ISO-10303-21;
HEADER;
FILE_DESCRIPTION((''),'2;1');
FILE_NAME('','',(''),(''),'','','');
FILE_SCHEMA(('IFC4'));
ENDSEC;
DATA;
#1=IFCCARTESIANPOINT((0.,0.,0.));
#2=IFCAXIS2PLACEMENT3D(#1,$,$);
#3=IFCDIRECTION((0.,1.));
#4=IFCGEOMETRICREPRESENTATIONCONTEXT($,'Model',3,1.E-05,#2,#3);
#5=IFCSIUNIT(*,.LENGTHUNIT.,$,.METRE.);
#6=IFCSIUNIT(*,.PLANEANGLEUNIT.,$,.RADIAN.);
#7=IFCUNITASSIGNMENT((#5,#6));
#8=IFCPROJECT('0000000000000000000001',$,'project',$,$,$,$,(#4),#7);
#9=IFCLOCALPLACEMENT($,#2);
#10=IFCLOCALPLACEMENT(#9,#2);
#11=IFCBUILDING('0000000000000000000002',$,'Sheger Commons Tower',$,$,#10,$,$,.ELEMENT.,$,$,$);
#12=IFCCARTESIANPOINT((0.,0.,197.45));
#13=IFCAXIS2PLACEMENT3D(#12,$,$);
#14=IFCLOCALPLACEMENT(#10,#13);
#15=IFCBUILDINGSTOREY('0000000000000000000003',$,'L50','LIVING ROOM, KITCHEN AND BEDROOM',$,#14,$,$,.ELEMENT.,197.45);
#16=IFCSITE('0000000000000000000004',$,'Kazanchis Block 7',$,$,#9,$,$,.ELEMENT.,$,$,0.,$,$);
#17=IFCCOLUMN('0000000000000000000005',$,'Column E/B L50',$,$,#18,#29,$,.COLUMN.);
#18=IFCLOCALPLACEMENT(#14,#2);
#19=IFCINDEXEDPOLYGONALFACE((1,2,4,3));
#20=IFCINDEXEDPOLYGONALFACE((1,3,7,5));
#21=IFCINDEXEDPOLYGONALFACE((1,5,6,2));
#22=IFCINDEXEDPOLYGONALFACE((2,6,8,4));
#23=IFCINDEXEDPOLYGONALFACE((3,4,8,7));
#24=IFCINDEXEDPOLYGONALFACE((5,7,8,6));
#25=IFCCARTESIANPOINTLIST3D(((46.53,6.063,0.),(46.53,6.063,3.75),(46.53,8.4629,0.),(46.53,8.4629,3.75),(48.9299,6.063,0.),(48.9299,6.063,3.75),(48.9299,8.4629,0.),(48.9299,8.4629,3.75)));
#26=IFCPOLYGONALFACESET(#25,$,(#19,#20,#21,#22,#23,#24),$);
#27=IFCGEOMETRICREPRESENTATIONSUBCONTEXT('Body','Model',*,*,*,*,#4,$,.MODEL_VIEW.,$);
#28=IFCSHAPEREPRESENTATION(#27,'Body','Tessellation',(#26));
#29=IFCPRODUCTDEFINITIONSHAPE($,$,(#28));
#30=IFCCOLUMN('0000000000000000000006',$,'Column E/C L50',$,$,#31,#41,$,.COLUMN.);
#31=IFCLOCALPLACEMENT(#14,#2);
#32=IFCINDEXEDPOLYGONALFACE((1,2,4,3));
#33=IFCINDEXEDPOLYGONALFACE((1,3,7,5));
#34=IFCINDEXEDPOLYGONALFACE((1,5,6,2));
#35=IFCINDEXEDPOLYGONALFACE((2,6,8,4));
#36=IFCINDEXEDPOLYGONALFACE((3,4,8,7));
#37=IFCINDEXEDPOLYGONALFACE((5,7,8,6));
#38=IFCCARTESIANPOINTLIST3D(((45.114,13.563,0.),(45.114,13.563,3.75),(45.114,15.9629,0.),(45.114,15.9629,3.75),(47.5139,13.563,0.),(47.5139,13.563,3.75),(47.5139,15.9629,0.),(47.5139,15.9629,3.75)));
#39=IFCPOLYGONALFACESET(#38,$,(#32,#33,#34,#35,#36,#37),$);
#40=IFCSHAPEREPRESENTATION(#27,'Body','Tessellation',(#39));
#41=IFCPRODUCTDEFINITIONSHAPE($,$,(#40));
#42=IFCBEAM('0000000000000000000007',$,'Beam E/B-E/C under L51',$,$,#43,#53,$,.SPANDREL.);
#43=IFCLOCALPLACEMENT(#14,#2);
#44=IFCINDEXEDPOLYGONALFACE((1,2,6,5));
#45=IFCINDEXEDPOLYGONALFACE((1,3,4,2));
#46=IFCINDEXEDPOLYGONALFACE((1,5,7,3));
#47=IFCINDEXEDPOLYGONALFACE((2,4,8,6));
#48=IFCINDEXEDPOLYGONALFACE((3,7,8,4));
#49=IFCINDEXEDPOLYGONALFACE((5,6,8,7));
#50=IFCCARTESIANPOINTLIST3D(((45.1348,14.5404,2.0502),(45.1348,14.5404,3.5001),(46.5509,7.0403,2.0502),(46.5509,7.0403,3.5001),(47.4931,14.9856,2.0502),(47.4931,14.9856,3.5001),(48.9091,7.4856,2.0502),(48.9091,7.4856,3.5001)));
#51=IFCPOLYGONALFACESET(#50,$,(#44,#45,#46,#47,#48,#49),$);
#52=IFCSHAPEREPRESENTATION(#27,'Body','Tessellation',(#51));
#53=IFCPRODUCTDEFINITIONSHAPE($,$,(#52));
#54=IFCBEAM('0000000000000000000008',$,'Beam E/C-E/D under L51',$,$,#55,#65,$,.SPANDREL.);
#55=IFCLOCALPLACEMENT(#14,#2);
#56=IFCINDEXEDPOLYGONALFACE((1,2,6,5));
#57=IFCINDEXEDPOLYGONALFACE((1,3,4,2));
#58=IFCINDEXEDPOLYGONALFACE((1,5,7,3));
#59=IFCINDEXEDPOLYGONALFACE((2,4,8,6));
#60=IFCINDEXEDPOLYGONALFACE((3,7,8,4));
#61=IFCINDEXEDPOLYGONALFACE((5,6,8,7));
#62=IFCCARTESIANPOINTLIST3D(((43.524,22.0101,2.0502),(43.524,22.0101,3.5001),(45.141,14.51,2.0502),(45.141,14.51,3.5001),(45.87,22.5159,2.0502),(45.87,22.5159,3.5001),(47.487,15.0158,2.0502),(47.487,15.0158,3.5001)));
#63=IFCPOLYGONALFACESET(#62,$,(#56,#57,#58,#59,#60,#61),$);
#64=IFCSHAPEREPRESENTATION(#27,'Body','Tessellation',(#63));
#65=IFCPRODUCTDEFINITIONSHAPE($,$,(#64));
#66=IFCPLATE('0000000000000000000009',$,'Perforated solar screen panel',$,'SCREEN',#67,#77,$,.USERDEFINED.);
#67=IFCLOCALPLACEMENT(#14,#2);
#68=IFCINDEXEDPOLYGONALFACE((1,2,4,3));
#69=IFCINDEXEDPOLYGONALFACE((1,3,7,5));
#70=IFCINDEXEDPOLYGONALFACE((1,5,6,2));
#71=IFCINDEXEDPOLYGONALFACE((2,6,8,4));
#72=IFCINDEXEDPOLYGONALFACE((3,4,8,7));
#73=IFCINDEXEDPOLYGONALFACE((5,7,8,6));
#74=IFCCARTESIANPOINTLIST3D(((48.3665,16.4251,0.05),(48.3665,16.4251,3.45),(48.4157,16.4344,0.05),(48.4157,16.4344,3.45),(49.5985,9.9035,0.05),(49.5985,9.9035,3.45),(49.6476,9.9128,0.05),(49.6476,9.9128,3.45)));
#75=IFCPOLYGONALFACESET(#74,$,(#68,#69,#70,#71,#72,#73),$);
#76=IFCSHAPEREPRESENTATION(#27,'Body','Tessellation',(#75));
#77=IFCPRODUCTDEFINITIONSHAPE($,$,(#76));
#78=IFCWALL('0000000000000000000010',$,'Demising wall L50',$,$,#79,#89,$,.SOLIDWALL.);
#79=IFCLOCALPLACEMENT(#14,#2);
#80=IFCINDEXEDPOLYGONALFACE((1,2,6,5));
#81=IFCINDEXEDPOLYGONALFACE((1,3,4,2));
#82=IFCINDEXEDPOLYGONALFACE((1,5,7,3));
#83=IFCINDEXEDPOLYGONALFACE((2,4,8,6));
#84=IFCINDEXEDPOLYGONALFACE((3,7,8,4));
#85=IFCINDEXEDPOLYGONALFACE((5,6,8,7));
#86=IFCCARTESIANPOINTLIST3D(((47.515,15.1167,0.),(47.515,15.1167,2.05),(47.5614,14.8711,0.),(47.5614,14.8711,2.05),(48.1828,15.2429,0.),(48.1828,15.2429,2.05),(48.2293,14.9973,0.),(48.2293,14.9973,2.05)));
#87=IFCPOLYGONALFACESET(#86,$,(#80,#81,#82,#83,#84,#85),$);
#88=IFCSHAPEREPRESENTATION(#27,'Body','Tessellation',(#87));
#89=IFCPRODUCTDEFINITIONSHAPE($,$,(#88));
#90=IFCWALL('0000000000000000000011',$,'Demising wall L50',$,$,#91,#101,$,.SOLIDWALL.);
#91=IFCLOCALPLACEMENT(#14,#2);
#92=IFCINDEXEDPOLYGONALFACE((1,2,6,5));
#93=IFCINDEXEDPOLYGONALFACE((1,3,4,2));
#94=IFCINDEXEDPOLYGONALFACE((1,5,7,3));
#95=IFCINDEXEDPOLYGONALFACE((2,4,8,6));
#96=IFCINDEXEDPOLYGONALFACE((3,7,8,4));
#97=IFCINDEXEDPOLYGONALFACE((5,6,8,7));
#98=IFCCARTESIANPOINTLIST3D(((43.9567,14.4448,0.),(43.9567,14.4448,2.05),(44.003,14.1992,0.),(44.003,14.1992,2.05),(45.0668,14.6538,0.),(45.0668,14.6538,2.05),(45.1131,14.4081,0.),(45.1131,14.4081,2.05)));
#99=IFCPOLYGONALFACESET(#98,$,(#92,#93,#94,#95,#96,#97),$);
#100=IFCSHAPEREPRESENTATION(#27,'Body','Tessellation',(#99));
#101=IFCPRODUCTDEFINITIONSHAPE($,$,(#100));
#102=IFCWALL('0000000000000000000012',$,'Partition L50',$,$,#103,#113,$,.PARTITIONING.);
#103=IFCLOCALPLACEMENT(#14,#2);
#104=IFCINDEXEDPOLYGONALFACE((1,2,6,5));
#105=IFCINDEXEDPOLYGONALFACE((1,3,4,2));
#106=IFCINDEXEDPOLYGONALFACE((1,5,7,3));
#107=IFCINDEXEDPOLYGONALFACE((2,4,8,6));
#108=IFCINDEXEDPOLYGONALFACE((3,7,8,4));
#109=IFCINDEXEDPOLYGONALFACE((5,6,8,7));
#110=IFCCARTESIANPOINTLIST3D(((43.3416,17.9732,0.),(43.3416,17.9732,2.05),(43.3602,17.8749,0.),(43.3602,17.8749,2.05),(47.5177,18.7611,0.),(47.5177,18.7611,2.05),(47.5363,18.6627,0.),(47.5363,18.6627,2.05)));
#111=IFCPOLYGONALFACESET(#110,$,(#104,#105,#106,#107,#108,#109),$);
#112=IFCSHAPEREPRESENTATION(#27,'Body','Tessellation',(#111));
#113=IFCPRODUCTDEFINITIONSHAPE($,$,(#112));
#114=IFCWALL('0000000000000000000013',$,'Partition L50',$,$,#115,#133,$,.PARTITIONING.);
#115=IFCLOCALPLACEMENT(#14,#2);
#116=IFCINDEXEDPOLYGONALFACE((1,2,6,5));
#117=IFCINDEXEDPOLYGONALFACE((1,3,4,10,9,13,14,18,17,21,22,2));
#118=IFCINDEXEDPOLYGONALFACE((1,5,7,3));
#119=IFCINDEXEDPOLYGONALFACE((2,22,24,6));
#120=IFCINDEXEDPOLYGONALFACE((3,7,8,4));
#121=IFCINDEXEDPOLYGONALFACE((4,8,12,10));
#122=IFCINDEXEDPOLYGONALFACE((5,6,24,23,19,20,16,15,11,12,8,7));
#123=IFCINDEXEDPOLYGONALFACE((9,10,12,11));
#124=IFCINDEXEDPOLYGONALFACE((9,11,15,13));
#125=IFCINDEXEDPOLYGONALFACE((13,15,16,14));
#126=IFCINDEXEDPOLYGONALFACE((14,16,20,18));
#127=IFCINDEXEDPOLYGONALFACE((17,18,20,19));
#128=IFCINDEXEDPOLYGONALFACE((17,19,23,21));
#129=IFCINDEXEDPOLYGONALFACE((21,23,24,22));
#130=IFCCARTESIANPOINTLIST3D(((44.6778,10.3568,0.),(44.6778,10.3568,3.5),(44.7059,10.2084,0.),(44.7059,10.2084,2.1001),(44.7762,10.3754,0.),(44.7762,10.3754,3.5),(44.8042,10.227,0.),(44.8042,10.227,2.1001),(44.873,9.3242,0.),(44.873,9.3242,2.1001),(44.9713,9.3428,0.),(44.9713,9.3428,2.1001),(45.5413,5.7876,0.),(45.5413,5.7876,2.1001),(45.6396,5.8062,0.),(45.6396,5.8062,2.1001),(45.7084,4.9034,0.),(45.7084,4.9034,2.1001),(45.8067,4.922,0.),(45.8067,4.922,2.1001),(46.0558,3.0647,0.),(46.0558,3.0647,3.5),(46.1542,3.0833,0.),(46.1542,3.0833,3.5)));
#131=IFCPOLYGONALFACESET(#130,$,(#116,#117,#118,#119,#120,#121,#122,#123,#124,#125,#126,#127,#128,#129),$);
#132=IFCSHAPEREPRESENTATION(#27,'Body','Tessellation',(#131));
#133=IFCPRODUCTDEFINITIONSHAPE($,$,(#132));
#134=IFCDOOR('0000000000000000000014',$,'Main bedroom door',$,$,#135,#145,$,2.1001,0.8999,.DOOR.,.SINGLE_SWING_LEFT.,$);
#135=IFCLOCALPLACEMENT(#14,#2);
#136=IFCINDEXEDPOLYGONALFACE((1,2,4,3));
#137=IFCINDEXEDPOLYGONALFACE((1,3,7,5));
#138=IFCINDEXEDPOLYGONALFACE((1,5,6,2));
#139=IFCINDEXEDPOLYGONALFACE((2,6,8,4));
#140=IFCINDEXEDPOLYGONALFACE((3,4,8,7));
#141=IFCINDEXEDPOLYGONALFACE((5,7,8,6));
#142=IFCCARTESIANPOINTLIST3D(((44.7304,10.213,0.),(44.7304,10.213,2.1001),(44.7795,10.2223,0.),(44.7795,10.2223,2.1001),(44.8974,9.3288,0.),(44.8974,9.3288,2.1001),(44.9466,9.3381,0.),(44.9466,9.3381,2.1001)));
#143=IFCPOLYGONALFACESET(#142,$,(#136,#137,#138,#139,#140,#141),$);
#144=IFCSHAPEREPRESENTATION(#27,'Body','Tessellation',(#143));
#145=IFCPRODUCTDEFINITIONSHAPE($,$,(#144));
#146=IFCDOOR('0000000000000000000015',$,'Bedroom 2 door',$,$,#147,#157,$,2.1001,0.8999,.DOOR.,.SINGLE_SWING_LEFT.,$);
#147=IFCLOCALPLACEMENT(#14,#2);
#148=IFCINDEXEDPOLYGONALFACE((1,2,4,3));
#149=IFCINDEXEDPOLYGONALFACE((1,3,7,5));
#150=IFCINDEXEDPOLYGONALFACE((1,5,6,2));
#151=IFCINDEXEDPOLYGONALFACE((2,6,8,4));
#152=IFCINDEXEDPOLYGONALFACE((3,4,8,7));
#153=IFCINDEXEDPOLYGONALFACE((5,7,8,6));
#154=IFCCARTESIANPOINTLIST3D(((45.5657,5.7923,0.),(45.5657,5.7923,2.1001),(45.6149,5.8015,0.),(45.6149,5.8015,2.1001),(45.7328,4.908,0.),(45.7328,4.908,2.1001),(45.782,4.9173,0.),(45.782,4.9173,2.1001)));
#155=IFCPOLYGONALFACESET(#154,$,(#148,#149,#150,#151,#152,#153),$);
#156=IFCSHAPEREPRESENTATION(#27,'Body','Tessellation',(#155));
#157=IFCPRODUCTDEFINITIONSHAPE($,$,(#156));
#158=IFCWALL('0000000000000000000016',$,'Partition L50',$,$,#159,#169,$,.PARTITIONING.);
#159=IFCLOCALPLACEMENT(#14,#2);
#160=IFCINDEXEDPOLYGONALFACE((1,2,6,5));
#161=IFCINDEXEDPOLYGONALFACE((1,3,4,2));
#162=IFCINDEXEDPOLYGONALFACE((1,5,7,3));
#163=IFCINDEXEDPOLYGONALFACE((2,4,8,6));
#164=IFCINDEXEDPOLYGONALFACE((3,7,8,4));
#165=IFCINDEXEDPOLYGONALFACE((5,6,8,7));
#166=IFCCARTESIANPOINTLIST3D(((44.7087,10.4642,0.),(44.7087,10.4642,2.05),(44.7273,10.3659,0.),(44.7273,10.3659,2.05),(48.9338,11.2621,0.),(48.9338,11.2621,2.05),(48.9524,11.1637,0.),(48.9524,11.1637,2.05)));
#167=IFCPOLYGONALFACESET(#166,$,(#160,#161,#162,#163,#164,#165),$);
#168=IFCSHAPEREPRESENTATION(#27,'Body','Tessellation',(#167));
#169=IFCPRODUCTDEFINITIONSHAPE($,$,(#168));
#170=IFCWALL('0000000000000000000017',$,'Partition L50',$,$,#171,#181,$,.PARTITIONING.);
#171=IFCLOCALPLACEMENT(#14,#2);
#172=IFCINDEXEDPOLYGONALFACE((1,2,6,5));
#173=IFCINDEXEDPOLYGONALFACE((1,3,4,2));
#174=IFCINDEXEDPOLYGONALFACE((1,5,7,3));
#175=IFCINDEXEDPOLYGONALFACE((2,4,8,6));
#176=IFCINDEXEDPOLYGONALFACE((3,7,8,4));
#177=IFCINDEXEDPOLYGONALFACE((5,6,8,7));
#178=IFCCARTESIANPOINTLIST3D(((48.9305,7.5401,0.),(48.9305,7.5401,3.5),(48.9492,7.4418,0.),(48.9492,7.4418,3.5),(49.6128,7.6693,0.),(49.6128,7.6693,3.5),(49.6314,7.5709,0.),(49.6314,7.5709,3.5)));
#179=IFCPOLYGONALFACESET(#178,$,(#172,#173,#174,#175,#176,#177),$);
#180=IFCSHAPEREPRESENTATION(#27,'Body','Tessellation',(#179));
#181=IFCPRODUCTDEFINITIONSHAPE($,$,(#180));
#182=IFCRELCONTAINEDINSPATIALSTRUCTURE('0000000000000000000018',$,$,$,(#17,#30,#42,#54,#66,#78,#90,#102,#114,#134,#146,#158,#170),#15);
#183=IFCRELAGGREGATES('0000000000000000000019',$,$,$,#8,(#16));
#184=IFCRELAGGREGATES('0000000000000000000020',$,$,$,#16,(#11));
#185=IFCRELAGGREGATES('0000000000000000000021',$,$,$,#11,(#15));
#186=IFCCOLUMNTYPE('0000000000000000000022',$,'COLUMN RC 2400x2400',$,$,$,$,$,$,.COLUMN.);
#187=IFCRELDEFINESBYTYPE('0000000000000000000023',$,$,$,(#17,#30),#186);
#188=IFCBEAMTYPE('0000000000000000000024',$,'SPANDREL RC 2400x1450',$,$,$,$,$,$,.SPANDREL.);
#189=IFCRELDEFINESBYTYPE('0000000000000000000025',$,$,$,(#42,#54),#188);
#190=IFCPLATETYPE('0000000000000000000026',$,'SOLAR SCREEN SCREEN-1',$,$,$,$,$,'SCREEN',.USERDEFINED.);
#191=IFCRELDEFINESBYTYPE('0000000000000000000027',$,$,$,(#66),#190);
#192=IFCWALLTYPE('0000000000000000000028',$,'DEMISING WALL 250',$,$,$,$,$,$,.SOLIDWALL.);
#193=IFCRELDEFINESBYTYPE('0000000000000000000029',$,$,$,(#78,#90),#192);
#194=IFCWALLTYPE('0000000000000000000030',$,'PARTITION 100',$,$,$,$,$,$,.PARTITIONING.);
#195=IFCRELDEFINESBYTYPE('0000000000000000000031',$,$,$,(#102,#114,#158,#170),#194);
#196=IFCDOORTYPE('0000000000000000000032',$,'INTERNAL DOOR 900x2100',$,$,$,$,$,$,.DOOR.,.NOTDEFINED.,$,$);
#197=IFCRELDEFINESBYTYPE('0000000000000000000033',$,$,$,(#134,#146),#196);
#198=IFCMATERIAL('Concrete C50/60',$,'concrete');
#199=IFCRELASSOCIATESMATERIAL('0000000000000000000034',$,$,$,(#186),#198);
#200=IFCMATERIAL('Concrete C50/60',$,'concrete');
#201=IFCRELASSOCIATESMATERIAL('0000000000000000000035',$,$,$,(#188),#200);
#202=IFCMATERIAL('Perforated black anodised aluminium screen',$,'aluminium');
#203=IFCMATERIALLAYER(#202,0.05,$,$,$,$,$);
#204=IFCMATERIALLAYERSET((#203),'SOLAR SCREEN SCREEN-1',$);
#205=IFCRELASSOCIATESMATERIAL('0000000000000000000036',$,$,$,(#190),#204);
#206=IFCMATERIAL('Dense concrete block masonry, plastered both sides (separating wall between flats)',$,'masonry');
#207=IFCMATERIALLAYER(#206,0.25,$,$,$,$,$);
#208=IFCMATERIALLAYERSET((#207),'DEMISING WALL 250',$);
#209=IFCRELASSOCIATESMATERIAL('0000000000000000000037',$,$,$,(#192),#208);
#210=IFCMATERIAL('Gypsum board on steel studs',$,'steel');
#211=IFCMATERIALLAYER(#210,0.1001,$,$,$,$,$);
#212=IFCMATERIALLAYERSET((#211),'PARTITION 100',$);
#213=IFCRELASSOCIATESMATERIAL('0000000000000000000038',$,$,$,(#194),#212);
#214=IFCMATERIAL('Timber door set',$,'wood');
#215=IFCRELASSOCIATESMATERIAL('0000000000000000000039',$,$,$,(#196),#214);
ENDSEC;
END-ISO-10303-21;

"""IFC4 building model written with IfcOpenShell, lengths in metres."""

from ifc_helpers import new_model, si_unit, direction, frame, frame_2d, origin, origin_2d, place, context, subcontext, project, spatial, rectangle, extrude, material, layer, layer_set, material_profile, profile_set, type_object, element, fill, save


model = new_model("IFC4")

# Units and contexts
model_context = context("Model", 3, precision=1e-05, world=origin(), true_north=direction((0.0, 1.0)))
body_context = subcontext(model_context, "Body", "Model", "MODEL_VIEW")
ifc_project = project(units=[si_unit("LENGTHUNIT", "METRE"), si_unit("PLANEANGLEUNIT", "RADIAN")], contexts=[model_context])

# Site, building, storey
site_placement = place(None, origin())
site = spatial("IfcSite", under=ifc_project, at=site_placement, Name="Kazanchis Block 7", CompositionType="ELEMENT", RefElevation=0.0)
building_placement = place(site_placement, origin())
building = spatial("IfcBuilding", under=site, at=building_placement, Name="Sheger Commons Tower", CompositionType="ELEMENT")
storey_placement = place(building_placement, frame((0.0, 0.0, 197.45)))
storey = spatial("IfcBuildingStorey", under=building, at=storey_placement, Name="L50", Description="LIVING ROOM, KITCHEN AND BEDROOM", CompositionType="ELEMENT", Elevation=197.45)

# Columns
ifc_material_1 = material(Name="Concrete C50/60", Category="concrete")
ifc_material_profile_1 = material_profile(ifc_material_1, rectangle(XDim=2.3999, YDim=2.3999, at=origin_2d()), Name="RC 2400x2400")
ifc_profile_set_1 = profile_set([ifc_material_profile_1], Name="Concrete C50/60")
column_type = type_object("IfcColumnType", Name="COLUMN RC 2400x2400", PredefinedType="COLUMN", material=ifc_profile_set_1)
for number, where, z_axis, x_axis, name in (
    (1, (47.73, 7.2629, 0.0), (0.0, 0.0, 1.0), (1.0, 0.0, 0.0), "Column E/B L50"),
    (2, (46.314, 14.7629, 0.0), (0.0, 0.0, 1.0), (1.0, 0.0, 0.0), "Column E/C L50"),
):
    element("IfcColumn", number, at=place(storey_placement, frame(where, z_axis=z_axis, x_axis=x_axis)), inside=storey, type_object=column_type, Name=name, PredefinedType="COLUMN", context=body_context, shape_type="SweptSolid", body=[
        extrude(rectangle(XDim=2.3999, YDim=2.3999, at=origin_2d()), origin(), (0.0, 0.0, 1.0), 3.75),
    ])

# Beams
ifc_material_2 = material(Name="Concrete C50/60", Category="concrete")
ifc_material_profile_2 = material_profile(ifc_material_2, rectangle(XDim=2.3999, YDim=1.45, at=origin_2d()), Name="RC 2400x1450")
ifc_profile_set_2 = profile_set([ifc_material_profile_2], Name="Concrete C50/60")
beam_type = type_object("IfcBeamType", Name="SPANDREL RC 2400x1450", PredefinedType="SPANDREL", material=ifc_profile_set_2)
beam_1_placement = place(storey_placement, frame((47.73, 7.2629, 2.7751), z_axis=(-0.185524, 0.98264, 0.0), x_axis=(-0.98264, -0.185524, 0.0)))
element("IfcBeam", 3, at=beam_1_placement, inside=storey, type_object=beam_type, Name="Beam E/B-E/C under L51", PredefinedType="SPANDREL", context=body_context, shape_type="SweptSolid", body=[
    extrude(rectangle(XDim=2.3999, YDim=1.45, at=origin_2d()), origin(), (0.0, 0.0, 1.0), 7.6326),
])
beam_2_placement = place(storey_placement, frame((46.314, 14.7629, 2.7751), z_axis=(-0.21075, 0.97754, 0.0), x_axis=(-0.97754, -0.21075, 0.0)))
element("IfcBeam", 4, at=beam_2_placement, inside=storey, type_object=beam_type, Name="Beam E/C-E/D under L51", PredefinedType="SPANDREL", context=body_context, shape_type="SweptSolid", body=[
    extrude(rectangle(XDim=2.3999, YDim=1.45, at=origin_2d()), origin(), (0.0, 0.0, 1.0), 7.6724),
])

# Plate
ifc_material_3 = material(Name="Perforated black anodised aluminium screen", Category="aluminium")
ifc_layer_1 = layer(ifc_material_3, 0.05)
ifc_layer_set_1 = layer_set([ifc_layer_1], Name="SOLAR SCREEN SCREEN-1")
plate_type = type_object("IfcPlateType", Name="SOLAR SCREEN SCREEN-1", ElementType="SCREEN", PredefinedType="USERDEFINED", material=ifc_layer_set_1)
plate_placement = place(storey_placement, frame((49.0071, 13.1689, 0.05), z_axis=(0.0, 0.0, 1.0), x_axis=(-0.185615, 0.982623, 0.0)))
element("IfcPlate", 5, at=plate_placement, inside=storey, type_object=plate_type, Name="Perforated solar screen panel", ObjectType="SCREEN", PredefinedType="USERDEFINED", context=body_context, shape_type="SweptSolid", body=[
    extrude(rectangle(XDim=6.637, YDim=0.05, at=origin_2d()), origin(), (0.0, 0.0, 1.0), 3.3999),
])

# Walls
ifc_material_4 = material(Name="Dense concrete block masonry, plastered both sides (separating wall between flats)", Category="masonry")
ifc_layer_2 = layer(ifc_material_4, 0.25)
ifc_layer_set_2 = layer_set([ifc_layer_2], Name="DEMISING WALL 250")
wall_type_1 = type_object("IfcWallType", Name="DEMISING WALL 250", PredefinedType="SOLIDWALL", material=ifc_layer_set_2)
wall_1_placement = place(storey_placement, frame((48.2061, 15.1201, 0.0), z_axis=(0.0, 0.0, 1.0), x_axis=(-0.982611, -0.185676, 0.0)))
element("IfcWall", 6, at=wall_1_placement, inside=storey, type_object=wall_type_1, Name="Demising wall L50", PredefinedType="SOLIDWALL", context=body_context, shape_type="SweptSolid", body=[
    extrude(rectangle(XDim=0.6797, YDim=0.25, at=frame_2d((0.3398, 0.0))), origin(), (0.0, 0.0, 1.0), 2.05),
])
wall_2_placement = place(storey_placement, frame((45.0901, 14.531, 0.0), z_axis=(0.0, 0.0, 1.0), x_axis=(-0.982737, -0.185006, 0.0)))
element("IfcWall", 7, at=wall_2_placement, inside=storey, type_object=wall_type_1, Name="Demising wall L50", PredefinedType="SOLIDWALL", context=body_context, shape_type="SweptSolid", body=[
    extrude(rectangle(XDim=1.1296, YDim=0.25, at=frame_2d((0.5649, 0.0))), origin(), (0.0, 0.0, 1.0), 2.05),
])
ifc_material_5 = material(Name="Gypsum board on steel studs", Category="steel")
ifc_layer_3 = layer(ifc_material_5, 0.1001)
ifc_layer_set_3 = layer_set([ifc_layer_3], Name="PARTITION 100")
wall_type_2 = type_object("IfcWallType", Name="PARTITION 100", PredefinedType="PARTITIONING", material=ifc_layer_set_3)
wall_3_placement = place(storey_placement, frame((47.5271, 18.7119, 0.0), z_axis=(0.0, 0.0, 1.0), x_axis=(-0.982665, -0.185388, 0.0)))
element("IfcWall", 8, at=wall_3_placement, inside=storey, type_object=wall_type_2, Name="Partition L50", PredefinedType="PARTITIONING", context=body_context, shape_type="SweptSolid", body=[
    extrude(rectangle(XDim=4.2498, YDim=0.1001, at=frame_2d((2.125, 0.0))), origin(), (0.0, 0.0, 1.0), 2.05),
])

# Wall, openings, doors
wall_4_placement = place(storey_placement, frame((44.7271, 10.366, 0.0), z_axis=(0.0, 0.0, 1.0), x_axis=(0.185679, -0.98261, 0.0)))
wall_4 = element("IfcWall", 9, at=wall_4_placement, inside=storey, type_object=wall_type_2, Name="Partition L50", PredefinedType="PARTITIONING", context=body_context, shape_type="SweptSolid", body=[
    extrude(rectangle(XDim=7.4211, YDim=0.1001, at=frame_2d((3.7104, 0.0))), origin(), (0.0, 0.0, 1.0), 3.5),
])
opening_1_placement = place(wall_4_placement, frame((0.1509, 0.0, 0.0)))
opening_1 = element("IfcOpeningElement", 10, at=opening_1_placement, cuts=wall_4, PredefinedType="OPENING", context=body_context, shape_type="SweptSolid", body=[
    extrude(rectangle(XDim=0.8999, YDim=2.1001, at=frame_2d((0.45, 1.05))), frame((0.0, 0.0601, 0.0), z_axis=(0.0, -1.0, 0.0), x_axis=(1.0, 0.0, 0.0)), (0.0, 0.0, 1.0), 0.1201),
])
opening_2_placement = place(wall_4_placement, frame((4.6499, 0.0, 0.0)))
opening_2 = element("IfcOpeningElement", 11, at=opening_2_placement, cuts=wall_4, PredefinedType="OPENING", context=body_context, shape_type="SweptSolid", body=[
    extrude(rectangle(XDim=0.8999, YDim=2.1001, at=frame_2d((0.45, 1.05))), frame((0.0, 0.0601, 0.0), z_axis=(0.0, -1.0, 0.0), x_axis=(1.0, 0.0, 0.0)), (0.0, 0.0, 1.0), 0.1201),
])
ifc_material_6 = material(Name="Timber door set", Category="wood")
door_type = type_object("IfcDoorType", Name="INTERNAL DOOR 900x2100", OperationType="NOTDEFINED", PredefinedType="DOOR", material=ifc_material_6)
door_1_placement = place(opening_1_placement, origin())
door_1 = element("IfcDoor", 12, at=door_1_placement, inside=storey, type_object=door_type, Name="Main bedroom door", OperationType="SINGLE_SWING_LEFT", OverallHeight=2.1001, OverallWidth=0.8999, PredefinedType="DOOR", context=body_context, shape_type="SweptSolid", body=[
    extrude(rectangle(XDim=0.8999, YDim=2.1001, at=frame_2d((0.45, 1.05))), frame((0.0, 0.0249, 0.0), z_axis=(0.0, -1.0, 0.0), x_axis=(1.0, 0.0, 0.0)), (0.0, 0.0, 1.0), 0.05),
])
fill(opening_1, door_1)
door_2_placement = place(opening_2_placement, origin())
door_2 = element("IfcDoor", 13, at=door_2_placement, inside=storey, type_object=door_type, Name="Bedroom 2 door", OperationType="SINGLE_SWING_LEFT", OverallHeight=2.1001, OverallWidth=0.8999, PredefinedType="DOOR", context=body_context, shape_type="SweptSolid", body=[
    extrude(rectangle(XDim=0.8999, YDim=2.1001, at=frame_2d((0.45, 1.05))), frame((0.0, 0.0249, 0.0), z_axis=(0.0, -1.0, 0.0), x_axis=(1.0, 0.0, 0.0)), (0.0, 0.0, 1.0), 0.05),
])
fill(opening_2, door_2)

# Walls
wall_5_placement = place(storey_placement, frame((48.9431, 11.2129, 0.0), z_axis=(0.0, 0.0, 1.0), x_axis=(-0.982634, -0.185557, 0.0)))
element("IfcWall", 14, at=wall_5_placement, inside=storey, type_object=wall_type_2, Name="Partition L50", PredefinedType="PARTITIONING", context=body_context, shape_type="SweptSolid", body=[
    extrude(rectangle(XDim=4.2998, YDim=0.1001, at=frame_2d((2.1499, 0.0))), origin(), (0.0, 0.0, 1.0), 2.05),
])
wall_6_placement = place(storey_placement, frame((49.6221, 7.6201, 0.0), z_axis=(0.0, 0.0, 1.0), x_axis=(-0.982544, -0.186029, 0.0)))
element("IfcWall", 15, at=wall_6_placement, inside=storey, type_object=wall_type_2, Name="Partition L50", PredefinedType="PARTITIONING", context=body_context, shape_type="SweptSolid", body=[
    extrude(rectangle(XDim=0.6943, YDim=0.1001, at=frame_2d((0.3472, 0.0))), origin(), (0.0, 0.0, 1.0), 3.5),
])

save(model, "model.ifc")
